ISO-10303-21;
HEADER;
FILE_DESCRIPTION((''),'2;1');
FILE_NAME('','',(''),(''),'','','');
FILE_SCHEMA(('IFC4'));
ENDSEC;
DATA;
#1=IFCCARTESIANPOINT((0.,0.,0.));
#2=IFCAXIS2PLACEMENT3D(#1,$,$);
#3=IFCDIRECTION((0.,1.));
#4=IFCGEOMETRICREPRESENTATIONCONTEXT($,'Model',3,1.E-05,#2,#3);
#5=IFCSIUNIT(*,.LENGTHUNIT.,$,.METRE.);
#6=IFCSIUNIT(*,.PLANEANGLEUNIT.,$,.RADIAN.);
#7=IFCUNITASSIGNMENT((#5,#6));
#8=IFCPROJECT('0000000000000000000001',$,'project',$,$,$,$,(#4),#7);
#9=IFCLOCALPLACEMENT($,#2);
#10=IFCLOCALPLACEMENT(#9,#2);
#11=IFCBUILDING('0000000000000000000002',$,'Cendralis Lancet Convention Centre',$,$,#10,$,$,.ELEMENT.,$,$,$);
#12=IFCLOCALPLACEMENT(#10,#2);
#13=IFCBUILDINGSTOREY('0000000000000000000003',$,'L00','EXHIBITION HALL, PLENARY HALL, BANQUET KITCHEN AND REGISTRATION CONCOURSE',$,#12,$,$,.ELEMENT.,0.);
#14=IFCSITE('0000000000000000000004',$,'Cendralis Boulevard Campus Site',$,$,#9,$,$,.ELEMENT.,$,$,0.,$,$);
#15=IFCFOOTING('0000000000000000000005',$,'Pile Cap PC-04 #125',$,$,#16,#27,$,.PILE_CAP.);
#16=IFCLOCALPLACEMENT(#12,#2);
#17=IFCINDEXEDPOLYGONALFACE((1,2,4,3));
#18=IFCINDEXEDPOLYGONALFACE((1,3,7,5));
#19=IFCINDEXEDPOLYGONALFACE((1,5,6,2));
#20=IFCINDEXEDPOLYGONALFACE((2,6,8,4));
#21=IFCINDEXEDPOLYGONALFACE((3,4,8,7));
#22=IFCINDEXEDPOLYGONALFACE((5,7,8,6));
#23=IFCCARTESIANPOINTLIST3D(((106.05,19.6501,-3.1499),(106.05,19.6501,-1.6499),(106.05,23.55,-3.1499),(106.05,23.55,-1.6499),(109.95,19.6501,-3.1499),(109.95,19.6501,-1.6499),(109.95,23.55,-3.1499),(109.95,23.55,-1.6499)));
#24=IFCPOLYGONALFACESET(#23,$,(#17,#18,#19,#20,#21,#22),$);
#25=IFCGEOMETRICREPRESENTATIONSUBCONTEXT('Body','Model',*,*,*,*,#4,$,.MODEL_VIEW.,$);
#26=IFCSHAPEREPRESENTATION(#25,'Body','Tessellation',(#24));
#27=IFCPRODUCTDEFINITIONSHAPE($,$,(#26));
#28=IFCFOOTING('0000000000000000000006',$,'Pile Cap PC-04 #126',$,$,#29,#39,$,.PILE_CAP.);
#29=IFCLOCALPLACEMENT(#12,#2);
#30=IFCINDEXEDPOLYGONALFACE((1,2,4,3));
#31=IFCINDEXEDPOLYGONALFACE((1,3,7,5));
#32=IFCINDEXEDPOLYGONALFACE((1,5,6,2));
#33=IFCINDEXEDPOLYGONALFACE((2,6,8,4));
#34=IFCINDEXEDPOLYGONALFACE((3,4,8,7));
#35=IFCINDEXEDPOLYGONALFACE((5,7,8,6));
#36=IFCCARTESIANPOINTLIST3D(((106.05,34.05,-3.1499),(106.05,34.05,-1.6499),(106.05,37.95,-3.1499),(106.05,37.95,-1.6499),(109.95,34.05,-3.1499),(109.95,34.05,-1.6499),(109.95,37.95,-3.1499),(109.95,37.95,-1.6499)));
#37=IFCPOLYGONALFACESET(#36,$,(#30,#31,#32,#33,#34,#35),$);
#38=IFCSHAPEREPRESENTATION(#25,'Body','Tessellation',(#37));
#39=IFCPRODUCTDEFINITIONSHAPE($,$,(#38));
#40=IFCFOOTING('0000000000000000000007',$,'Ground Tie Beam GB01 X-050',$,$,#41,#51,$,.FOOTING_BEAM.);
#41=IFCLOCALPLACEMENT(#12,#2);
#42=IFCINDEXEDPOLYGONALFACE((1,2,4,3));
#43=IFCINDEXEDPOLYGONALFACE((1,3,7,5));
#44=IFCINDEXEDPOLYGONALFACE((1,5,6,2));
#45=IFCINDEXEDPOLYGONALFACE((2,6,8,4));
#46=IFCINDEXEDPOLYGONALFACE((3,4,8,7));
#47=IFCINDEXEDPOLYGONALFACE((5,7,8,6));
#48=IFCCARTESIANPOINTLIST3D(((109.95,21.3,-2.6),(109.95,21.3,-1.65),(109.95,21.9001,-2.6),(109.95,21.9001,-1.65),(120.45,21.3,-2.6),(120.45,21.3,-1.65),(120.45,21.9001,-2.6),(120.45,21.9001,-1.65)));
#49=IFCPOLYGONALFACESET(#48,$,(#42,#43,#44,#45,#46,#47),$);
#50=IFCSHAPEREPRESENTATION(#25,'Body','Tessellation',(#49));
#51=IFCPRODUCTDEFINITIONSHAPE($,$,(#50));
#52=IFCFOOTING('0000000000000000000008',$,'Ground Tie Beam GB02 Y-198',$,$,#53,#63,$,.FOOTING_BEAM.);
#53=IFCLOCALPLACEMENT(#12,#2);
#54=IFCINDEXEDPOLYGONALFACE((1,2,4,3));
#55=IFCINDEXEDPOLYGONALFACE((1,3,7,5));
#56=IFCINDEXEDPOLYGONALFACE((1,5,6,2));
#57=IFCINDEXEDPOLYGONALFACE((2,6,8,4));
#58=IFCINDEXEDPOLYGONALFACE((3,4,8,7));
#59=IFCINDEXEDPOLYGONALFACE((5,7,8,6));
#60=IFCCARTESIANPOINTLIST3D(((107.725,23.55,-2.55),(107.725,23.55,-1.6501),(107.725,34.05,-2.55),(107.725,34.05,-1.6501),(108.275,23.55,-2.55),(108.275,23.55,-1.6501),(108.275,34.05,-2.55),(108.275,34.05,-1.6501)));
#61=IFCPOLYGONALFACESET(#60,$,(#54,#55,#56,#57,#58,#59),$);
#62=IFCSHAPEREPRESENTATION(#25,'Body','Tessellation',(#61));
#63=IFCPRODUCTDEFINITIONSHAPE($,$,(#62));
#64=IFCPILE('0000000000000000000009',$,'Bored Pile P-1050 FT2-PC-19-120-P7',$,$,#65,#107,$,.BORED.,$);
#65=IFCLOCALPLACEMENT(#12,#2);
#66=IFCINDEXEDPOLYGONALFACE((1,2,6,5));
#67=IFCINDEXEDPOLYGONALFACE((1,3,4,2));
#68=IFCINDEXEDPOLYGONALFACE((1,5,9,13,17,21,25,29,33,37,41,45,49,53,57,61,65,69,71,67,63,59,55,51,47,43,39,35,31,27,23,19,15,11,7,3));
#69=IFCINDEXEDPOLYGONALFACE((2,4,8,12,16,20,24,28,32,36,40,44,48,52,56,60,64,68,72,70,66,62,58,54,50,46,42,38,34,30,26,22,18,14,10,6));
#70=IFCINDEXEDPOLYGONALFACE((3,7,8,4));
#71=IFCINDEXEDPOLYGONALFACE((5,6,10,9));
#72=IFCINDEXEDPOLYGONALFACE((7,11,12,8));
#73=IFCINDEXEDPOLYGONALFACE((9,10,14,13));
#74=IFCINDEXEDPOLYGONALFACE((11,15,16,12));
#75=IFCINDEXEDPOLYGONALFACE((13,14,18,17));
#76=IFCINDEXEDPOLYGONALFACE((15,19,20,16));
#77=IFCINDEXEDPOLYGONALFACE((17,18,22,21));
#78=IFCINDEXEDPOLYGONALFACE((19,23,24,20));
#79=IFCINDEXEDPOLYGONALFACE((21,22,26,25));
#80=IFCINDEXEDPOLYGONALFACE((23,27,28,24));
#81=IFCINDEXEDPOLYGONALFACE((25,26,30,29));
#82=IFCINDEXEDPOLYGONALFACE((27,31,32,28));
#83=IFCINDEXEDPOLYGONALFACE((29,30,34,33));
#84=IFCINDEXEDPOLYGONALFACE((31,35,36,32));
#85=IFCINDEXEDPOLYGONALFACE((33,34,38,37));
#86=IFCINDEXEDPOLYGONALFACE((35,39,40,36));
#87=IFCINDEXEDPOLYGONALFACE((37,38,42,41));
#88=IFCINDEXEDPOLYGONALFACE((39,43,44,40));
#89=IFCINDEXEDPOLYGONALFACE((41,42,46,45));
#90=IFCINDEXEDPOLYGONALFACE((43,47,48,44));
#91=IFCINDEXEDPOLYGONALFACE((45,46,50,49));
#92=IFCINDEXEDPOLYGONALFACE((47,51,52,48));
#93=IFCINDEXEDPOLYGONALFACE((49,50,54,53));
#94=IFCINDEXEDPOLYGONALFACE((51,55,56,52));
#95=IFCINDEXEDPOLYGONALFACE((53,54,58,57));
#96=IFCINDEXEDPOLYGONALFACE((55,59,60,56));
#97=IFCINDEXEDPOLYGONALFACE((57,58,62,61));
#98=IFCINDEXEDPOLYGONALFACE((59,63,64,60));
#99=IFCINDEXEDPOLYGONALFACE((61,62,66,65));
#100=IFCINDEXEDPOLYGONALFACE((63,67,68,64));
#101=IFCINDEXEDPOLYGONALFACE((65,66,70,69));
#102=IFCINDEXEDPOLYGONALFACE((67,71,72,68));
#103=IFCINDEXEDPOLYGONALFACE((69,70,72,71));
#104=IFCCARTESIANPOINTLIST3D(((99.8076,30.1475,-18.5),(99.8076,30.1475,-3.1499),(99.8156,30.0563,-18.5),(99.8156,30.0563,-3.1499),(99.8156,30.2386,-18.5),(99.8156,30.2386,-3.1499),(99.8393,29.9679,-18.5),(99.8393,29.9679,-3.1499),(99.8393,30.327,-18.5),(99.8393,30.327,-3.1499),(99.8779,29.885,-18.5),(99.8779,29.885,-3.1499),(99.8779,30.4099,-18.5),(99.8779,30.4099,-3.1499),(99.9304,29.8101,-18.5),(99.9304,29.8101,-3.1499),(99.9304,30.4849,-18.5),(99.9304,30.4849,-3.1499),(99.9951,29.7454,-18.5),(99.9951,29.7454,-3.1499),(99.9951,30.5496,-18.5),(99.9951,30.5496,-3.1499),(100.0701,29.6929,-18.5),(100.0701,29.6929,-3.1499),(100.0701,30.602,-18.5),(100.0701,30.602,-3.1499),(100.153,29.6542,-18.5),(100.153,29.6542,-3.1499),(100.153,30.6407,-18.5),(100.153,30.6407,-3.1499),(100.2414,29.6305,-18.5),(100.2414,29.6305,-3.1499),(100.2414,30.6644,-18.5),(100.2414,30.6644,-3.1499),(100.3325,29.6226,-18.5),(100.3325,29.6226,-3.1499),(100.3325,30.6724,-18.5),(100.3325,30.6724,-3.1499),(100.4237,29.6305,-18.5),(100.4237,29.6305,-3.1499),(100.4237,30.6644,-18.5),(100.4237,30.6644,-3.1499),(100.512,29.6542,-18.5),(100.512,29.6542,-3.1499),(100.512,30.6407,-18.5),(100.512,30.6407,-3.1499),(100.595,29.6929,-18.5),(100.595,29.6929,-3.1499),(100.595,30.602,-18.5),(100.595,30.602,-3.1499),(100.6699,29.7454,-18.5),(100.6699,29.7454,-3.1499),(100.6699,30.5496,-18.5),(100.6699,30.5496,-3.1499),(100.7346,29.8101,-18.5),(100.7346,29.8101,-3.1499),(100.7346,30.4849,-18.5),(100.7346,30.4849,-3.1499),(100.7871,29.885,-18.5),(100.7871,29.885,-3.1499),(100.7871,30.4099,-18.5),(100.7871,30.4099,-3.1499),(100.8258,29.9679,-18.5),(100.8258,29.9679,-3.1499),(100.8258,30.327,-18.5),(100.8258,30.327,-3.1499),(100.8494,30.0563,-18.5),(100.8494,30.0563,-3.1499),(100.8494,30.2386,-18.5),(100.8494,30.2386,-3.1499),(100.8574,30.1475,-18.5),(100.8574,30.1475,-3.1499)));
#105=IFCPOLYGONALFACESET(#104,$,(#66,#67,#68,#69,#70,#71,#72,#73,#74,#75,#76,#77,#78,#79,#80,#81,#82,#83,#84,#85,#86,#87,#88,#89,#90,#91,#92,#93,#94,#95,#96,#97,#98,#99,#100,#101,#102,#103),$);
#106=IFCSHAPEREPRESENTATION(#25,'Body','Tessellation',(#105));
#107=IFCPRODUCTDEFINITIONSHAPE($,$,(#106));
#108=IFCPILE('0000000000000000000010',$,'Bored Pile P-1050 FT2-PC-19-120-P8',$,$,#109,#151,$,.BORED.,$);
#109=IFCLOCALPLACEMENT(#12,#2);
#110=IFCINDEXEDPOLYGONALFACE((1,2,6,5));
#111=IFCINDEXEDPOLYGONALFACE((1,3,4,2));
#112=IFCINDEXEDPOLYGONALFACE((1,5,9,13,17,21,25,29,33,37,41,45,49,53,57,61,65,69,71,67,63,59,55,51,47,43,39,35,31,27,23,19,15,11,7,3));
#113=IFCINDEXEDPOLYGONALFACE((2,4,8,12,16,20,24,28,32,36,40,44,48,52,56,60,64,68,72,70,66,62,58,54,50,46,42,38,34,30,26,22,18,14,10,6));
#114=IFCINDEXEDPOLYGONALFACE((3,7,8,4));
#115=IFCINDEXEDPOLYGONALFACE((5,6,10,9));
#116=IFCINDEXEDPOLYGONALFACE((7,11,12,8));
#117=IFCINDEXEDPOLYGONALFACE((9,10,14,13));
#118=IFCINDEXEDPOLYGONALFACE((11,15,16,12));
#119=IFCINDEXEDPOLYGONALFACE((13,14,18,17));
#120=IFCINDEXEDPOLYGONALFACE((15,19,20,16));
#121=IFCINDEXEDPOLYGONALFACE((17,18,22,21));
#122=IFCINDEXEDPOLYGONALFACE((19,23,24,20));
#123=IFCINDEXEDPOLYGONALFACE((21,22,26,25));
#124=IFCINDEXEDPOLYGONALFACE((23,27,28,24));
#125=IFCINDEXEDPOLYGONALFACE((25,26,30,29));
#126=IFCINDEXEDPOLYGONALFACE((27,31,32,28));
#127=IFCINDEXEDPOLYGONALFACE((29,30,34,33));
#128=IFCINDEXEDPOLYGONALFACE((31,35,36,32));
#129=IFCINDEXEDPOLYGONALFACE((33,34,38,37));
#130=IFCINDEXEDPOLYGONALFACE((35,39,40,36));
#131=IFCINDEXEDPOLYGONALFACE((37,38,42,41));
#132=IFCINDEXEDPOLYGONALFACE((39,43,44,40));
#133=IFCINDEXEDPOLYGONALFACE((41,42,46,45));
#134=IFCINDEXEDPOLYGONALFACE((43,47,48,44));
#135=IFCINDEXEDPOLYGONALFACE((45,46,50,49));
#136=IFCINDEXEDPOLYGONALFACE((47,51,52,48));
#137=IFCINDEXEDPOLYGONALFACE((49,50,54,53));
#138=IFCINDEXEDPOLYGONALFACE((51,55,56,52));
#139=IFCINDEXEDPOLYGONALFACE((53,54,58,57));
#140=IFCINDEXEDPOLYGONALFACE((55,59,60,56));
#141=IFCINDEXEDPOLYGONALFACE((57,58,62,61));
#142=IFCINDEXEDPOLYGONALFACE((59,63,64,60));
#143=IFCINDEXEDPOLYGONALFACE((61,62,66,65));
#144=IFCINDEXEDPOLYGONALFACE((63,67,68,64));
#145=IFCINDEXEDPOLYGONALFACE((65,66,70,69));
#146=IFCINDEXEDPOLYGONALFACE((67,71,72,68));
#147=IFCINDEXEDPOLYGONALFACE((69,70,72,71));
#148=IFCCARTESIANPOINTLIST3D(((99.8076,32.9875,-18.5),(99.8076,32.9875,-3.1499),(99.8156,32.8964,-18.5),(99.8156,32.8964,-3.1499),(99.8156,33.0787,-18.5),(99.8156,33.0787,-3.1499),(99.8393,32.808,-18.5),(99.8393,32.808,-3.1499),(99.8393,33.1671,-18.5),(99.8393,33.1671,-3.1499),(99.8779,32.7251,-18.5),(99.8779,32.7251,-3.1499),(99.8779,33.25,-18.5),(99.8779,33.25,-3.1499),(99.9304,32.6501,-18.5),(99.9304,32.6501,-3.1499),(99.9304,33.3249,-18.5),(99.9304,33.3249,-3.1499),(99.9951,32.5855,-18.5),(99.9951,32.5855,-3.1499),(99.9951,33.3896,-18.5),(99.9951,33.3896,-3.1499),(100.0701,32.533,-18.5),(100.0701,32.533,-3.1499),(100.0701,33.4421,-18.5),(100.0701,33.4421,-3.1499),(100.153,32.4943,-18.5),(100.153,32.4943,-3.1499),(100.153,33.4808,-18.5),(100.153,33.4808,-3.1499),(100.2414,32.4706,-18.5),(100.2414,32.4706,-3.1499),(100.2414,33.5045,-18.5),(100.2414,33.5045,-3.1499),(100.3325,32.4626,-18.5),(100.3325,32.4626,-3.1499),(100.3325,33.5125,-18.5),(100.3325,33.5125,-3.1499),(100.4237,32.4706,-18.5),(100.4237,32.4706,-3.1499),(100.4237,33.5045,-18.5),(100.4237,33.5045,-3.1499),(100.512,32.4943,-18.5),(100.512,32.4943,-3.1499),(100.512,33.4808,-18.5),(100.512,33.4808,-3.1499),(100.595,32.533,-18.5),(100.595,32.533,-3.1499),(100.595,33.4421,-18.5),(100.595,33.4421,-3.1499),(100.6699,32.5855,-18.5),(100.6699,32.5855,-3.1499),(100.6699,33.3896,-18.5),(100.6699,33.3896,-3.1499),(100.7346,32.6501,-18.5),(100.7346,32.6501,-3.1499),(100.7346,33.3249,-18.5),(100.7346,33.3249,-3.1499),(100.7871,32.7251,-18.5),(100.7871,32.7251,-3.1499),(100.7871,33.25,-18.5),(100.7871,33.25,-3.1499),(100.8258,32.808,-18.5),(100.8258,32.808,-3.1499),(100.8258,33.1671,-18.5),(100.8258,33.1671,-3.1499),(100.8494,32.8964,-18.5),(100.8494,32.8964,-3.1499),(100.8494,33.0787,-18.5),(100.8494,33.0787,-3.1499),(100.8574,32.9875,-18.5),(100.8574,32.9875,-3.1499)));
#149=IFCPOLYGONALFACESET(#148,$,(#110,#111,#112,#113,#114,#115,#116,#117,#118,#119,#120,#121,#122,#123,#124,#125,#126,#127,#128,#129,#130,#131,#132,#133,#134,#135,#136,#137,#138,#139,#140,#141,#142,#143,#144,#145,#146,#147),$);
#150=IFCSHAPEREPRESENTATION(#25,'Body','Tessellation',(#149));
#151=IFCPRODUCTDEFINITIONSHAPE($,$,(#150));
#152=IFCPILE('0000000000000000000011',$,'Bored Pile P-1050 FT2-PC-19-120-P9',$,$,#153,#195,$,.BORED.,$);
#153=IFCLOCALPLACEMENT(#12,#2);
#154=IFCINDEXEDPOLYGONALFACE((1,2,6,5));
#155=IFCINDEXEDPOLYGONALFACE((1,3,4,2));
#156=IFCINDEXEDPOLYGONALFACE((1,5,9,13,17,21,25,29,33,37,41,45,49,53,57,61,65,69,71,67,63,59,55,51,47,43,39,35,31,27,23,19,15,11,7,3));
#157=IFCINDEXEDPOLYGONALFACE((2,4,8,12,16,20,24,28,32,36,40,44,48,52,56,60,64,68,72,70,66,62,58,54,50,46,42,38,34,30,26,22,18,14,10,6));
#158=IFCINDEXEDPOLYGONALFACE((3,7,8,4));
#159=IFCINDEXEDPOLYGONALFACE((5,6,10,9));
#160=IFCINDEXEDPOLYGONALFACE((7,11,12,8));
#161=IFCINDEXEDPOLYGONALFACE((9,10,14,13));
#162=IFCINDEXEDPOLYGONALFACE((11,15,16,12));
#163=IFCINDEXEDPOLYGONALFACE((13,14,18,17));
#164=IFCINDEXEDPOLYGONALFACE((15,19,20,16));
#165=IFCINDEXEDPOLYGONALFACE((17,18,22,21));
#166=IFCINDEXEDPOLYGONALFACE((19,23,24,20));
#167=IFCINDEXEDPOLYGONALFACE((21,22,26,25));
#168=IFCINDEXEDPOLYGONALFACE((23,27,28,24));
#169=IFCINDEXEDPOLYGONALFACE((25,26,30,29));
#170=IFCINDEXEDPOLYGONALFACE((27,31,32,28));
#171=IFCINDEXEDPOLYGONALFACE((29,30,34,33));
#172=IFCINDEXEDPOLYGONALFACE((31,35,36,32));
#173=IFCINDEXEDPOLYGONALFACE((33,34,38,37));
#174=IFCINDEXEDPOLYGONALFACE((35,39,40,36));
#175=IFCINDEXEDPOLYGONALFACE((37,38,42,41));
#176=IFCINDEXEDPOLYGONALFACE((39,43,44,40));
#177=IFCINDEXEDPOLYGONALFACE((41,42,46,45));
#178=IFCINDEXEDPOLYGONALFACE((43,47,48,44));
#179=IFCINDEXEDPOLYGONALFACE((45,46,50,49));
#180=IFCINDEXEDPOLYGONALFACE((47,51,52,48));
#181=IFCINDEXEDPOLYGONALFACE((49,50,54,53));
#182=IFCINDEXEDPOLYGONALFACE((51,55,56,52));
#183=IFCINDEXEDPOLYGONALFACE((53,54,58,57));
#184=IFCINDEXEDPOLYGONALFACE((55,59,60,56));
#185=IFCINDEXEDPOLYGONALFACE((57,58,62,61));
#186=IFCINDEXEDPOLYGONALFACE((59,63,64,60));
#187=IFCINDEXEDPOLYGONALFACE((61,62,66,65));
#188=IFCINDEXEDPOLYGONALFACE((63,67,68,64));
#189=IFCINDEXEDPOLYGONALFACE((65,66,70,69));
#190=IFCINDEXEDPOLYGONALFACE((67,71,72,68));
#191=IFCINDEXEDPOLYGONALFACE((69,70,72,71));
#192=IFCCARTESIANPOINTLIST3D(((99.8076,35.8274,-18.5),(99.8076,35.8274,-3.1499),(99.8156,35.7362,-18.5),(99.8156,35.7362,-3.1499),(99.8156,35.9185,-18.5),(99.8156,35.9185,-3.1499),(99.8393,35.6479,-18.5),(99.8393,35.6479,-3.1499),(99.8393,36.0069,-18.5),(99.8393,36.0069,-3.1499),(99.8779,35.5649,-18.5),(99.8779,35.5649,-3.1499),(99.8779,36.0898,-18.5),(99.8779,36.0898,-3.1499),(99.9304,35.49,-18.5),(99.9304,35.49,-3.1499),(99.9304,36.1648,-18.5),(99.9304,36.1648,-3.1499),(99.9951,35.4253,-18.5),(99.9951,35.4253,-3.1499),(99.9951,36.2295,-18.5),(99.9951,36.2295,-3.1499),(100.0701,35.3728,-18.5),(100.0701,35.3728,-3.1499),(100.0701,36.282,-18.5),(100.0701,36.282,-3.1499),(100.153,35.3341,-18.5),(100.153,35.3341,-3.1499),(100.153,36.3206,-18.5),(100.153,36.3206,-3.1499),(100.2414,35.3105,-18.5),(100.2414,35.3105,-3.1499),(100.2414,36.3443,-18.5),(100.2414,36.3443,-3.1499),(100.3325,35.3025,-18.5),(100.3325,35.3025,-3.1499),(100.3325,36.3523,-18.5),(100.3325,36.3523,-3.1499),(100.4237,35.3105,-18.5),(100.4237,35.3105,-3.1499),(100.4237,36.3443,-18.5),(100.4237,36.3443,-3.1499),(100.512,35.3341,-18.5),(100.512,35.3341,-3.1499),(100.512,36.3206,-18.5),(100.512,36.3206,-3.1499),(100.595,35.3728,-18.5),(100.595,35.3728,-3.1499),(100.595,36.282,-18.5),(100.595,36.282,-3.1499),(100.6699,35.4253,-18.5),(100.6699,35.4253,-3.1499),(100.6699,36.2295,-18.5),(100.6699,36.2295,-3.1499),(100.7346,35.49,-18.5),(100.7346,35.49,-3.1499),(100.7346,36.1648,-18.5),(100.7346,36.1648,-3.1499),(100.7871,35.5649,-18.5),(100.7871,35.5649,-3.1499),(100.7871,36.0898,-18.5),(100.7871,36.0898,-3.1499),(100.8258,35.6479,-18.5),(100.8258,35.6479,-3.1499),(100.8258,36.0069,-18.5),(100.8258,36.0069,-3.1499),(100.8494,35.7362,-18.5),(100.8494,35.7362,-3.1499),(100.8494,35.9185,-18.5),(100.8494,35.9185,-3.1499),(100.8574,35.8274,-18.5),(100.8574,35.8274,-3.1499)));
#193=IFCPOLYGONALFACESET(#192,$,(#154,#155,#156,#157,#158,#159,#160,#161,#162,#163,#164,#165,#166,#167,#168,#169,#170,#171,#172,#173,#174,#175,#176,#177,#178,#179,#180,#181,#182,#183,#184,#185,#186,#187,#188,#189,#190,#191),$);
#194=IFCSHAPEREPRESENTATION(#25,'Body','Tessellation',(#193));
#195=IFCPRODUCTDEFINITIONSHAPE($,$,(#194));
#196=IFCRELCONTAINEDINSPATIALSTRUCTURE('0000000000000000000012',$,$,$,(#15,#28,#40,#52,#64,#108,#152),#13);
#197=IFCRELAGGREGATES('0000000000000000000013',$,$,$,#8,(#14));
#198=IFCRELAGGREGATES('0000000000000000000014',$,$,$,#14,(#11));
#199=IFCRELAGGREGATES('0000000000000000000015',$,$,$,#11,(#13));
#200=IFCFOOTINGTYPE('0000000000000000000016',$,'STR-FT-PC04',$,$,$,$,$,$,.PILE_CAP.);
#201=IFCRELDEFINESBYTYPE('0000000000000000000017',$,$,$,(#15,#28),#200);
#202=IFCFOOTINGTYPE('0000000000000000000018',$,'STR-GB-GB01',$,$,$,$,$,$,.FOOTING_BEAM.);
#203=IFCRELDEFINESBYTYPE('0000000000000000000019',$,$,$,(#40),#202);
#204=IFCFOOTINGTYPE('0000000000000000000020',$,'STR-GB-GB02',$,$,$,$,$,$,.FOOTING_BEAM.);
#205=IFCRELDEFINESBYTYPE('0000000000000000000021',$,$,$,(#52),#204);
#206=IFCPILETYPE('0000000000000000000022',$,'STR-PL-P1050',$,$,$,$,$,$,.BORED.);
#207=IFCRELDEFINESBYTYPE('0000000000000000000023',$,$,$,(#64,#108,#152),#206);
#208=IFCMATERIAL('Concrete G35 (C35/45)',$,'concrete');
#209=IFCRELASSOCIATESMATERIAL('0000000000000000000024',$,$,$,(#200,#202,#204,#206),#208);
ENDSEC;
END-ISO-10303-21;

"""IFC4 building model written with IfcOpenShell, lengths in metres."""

from ifc_helpers import new_model, si_unit, direction, frame, origin, origin_2d, place, context, subcontext, project, spatial, rectangle, circle, extrude, material, material_profile, profile_set, type_object, element, save


model = new_model("IFC4")

# Units and contexts
model_context = context("Model", 3, precision=1e-05, world=origin(), true_north=direction((0.0, 1.0)))
body_context = subcontext(model_context, "Body", "Model", "MODEL_VIEW")
ifc_project = project(units=[si_unit("LENGTHUNIT", "METRE"), si_unit("PLANEANGLEUNIT", "RADIAN")], contexts=[model_context])

# Site, building, storey
site_placement = place(None, origin())
site = spatial("IfcSite", under=ifc_project, at=site_placement, Name="Cendralis Boulevard Campus Site", CompositionType="ELEMENT", RefElevation=0.0)
building_placement = place(site_placement, origin())
building = spatial("IfcBuilding", under=site, at=building_placement, Name="Cendralis Lancet Convention Centre", CompositionType="ELEMENT")
storey_placement = place(building_placement, origin())
storey = spatial("IfcBuildingStorey", under=building, at=storey_placement, Name="L00", Description="EXHIBITION HALL, PLENARY HALL, BANQUET KITCHEN AND REGISTRATION CONCOURSE", CompositionType="ELEMENT", Elevation=0.0)

# Footings
ifc_material_1 = material(Name="Concrete G35 (C35/45)", Category="concrete")
footing_type_1 = type_object("IfcFootingType", Name="STR-FT-PC04", PredefinedType="PILE_CAP", material=ifc_material_1)
for number, where, z_axis, x_axis, name in (
    (1, (108.0, 21.6001, -3.1499), (0.0, 0.0, 1.0), (1.0, 0.0, 0.0), "Pile Cap PC-04 #125"),
    (2, (108.0, 36.0, -3.1499), (0.0, 0.0, 1.0), (1.0, 0.0, 0.0), "Pile Cap PC-04 #126"),
):
    element("IfcFooting", number, at=place(storey_placement, frame(where, z_axis=z_axis, x_axis=x_axis)), inside=storey, type_object=footing_type_1, Name=name, PredefinedType="PILE_CAP", context=body_context, shape_type="SweptSolid", body=[
        extrude(rectangle(XDim=3.8999, YDim=3.8999, at=origin_2d()), origin(), (0.0, 0.0, 1.0), 1.5),
    ])
ifc_material_profile_1 = material_profile(ifc_material_1, rectangle(XDim=0.6001, YDim=0.95, at=origin_2d()), Name="RCB 600x950")
ifc_profile_set_1 = profile_set([ifc_material_profile_1], Name="Concrete G35 (C35/45)")
footing_type_2 = type_object("IfcFootingType", Name="STR-GB-GB01", PredefinedType="FOOTING_BEAM", material=ifc_profile_set_1)
footing_1_placement = place(storey_placement, frame((109.95, 21.6001, -2.125), z_axis=(1.0, 0.0, 0.0), x_axis=(0.0, 1.0, 0.0)))
element("IfcFooting", 3, at=footing_1_placement, inside=storey, type_object=footing_type_2, Name="Ground Tie Beam GB01 X-050", PredefinedType="FOOTING_BEAM", context=body_context, shape_type="SweptSolid", body=[
    extrude(rectangle(XDim=0.6001, YDim=0.95, at=origin_2d()), origin(), (0.0, 0.0, 1.0), 10.5),
])
ifc_material_profile_2 = material_profile(ifc_material_1, rectangle(XDim=0.55, YDim=0.8999, at=origin_2d()), Name="RCB 550x900")
ifc_profile_set_2 = profile_set([ifc_material_profile_2], Name="Concrete G35 (C35/45)")
footing_type_3 = type_object("IfcFootingType", Name="STR-GB-GB02", PredefinedType="FOOTING_BEAM", material=ifc_profile_set_2)
footing_2_placement = place(storey_placement, frame((108.0, 23.55, -2.1001), z_axis=(0.0, 1.0, 0.0), x_axis=(-1.0, 0.0, 0.0)))
element("IfcFooting", 4, at=footing_2_placement, inside=storey, type_object=footing_type_3, Name="Ground Tie Beam GB02 Y-198", PredefinedType="FOOTING_BEAM", context=body_context, shape_type="SweptSolid", body=[
    extrude(rectangle(XDim=0.55, YDim=0.8999, at=origin_2d()), origin(), (0.0, 0.0, 1.0), 10.5),
])

# Piles
ifc_material_profile_3 = material_profile(ifc_material_1, circle(Radius=0.5249, at=origin_2d()), Name="BORED PILE D1050")
ifc_profile_set_3 = profile_set([ifc_material_profile_3], Name="Concrete G35 (C35/45)")
pile_type_1 = type_object("IfcPileType", Name="STR-PL-P1050", PredefinedType="BORED", material=ifc_profile_set_3)
for number, where, z_axis, x_axis, name in (
    (5, (100.3325, 30.1475, -3.1499), (0.0, 0.0, -1.0), (1.0, 0.0, 0.0), "Bored Pile P-1050 FT2-PC-19-120-P7"),
    (6, (100.3325, 32.9875, -3.1499), (0.0, 0.0, -1.0), (1.0, 0.0, 0.0), "Bored Pile P-1050 FT2-PC-19-120-P8"),
    (7, (100.3325, 35.8274, -3.1499), (0.0, 0.0, -1.0), (1.0, 0.0, 0.0), "Bored Pile P-1050 FT2-PC-19-120-P9"),
):
    element("IfcPile", number, at=place(storey_placement, frame(where, z_axis=z_axis, x_axis=x_axis)), inside=storey, type_object=pile_type_1, Name=name, PredefinedType="BORED", context=body_context, shape_type="SweptSolid", body=[
        extrude(circle(Radius=0.5249, at=origin_2d()), origin(), (0.0, 0.0, 1.0), 15.3501),
    ])

save(model, "model.ifc")
